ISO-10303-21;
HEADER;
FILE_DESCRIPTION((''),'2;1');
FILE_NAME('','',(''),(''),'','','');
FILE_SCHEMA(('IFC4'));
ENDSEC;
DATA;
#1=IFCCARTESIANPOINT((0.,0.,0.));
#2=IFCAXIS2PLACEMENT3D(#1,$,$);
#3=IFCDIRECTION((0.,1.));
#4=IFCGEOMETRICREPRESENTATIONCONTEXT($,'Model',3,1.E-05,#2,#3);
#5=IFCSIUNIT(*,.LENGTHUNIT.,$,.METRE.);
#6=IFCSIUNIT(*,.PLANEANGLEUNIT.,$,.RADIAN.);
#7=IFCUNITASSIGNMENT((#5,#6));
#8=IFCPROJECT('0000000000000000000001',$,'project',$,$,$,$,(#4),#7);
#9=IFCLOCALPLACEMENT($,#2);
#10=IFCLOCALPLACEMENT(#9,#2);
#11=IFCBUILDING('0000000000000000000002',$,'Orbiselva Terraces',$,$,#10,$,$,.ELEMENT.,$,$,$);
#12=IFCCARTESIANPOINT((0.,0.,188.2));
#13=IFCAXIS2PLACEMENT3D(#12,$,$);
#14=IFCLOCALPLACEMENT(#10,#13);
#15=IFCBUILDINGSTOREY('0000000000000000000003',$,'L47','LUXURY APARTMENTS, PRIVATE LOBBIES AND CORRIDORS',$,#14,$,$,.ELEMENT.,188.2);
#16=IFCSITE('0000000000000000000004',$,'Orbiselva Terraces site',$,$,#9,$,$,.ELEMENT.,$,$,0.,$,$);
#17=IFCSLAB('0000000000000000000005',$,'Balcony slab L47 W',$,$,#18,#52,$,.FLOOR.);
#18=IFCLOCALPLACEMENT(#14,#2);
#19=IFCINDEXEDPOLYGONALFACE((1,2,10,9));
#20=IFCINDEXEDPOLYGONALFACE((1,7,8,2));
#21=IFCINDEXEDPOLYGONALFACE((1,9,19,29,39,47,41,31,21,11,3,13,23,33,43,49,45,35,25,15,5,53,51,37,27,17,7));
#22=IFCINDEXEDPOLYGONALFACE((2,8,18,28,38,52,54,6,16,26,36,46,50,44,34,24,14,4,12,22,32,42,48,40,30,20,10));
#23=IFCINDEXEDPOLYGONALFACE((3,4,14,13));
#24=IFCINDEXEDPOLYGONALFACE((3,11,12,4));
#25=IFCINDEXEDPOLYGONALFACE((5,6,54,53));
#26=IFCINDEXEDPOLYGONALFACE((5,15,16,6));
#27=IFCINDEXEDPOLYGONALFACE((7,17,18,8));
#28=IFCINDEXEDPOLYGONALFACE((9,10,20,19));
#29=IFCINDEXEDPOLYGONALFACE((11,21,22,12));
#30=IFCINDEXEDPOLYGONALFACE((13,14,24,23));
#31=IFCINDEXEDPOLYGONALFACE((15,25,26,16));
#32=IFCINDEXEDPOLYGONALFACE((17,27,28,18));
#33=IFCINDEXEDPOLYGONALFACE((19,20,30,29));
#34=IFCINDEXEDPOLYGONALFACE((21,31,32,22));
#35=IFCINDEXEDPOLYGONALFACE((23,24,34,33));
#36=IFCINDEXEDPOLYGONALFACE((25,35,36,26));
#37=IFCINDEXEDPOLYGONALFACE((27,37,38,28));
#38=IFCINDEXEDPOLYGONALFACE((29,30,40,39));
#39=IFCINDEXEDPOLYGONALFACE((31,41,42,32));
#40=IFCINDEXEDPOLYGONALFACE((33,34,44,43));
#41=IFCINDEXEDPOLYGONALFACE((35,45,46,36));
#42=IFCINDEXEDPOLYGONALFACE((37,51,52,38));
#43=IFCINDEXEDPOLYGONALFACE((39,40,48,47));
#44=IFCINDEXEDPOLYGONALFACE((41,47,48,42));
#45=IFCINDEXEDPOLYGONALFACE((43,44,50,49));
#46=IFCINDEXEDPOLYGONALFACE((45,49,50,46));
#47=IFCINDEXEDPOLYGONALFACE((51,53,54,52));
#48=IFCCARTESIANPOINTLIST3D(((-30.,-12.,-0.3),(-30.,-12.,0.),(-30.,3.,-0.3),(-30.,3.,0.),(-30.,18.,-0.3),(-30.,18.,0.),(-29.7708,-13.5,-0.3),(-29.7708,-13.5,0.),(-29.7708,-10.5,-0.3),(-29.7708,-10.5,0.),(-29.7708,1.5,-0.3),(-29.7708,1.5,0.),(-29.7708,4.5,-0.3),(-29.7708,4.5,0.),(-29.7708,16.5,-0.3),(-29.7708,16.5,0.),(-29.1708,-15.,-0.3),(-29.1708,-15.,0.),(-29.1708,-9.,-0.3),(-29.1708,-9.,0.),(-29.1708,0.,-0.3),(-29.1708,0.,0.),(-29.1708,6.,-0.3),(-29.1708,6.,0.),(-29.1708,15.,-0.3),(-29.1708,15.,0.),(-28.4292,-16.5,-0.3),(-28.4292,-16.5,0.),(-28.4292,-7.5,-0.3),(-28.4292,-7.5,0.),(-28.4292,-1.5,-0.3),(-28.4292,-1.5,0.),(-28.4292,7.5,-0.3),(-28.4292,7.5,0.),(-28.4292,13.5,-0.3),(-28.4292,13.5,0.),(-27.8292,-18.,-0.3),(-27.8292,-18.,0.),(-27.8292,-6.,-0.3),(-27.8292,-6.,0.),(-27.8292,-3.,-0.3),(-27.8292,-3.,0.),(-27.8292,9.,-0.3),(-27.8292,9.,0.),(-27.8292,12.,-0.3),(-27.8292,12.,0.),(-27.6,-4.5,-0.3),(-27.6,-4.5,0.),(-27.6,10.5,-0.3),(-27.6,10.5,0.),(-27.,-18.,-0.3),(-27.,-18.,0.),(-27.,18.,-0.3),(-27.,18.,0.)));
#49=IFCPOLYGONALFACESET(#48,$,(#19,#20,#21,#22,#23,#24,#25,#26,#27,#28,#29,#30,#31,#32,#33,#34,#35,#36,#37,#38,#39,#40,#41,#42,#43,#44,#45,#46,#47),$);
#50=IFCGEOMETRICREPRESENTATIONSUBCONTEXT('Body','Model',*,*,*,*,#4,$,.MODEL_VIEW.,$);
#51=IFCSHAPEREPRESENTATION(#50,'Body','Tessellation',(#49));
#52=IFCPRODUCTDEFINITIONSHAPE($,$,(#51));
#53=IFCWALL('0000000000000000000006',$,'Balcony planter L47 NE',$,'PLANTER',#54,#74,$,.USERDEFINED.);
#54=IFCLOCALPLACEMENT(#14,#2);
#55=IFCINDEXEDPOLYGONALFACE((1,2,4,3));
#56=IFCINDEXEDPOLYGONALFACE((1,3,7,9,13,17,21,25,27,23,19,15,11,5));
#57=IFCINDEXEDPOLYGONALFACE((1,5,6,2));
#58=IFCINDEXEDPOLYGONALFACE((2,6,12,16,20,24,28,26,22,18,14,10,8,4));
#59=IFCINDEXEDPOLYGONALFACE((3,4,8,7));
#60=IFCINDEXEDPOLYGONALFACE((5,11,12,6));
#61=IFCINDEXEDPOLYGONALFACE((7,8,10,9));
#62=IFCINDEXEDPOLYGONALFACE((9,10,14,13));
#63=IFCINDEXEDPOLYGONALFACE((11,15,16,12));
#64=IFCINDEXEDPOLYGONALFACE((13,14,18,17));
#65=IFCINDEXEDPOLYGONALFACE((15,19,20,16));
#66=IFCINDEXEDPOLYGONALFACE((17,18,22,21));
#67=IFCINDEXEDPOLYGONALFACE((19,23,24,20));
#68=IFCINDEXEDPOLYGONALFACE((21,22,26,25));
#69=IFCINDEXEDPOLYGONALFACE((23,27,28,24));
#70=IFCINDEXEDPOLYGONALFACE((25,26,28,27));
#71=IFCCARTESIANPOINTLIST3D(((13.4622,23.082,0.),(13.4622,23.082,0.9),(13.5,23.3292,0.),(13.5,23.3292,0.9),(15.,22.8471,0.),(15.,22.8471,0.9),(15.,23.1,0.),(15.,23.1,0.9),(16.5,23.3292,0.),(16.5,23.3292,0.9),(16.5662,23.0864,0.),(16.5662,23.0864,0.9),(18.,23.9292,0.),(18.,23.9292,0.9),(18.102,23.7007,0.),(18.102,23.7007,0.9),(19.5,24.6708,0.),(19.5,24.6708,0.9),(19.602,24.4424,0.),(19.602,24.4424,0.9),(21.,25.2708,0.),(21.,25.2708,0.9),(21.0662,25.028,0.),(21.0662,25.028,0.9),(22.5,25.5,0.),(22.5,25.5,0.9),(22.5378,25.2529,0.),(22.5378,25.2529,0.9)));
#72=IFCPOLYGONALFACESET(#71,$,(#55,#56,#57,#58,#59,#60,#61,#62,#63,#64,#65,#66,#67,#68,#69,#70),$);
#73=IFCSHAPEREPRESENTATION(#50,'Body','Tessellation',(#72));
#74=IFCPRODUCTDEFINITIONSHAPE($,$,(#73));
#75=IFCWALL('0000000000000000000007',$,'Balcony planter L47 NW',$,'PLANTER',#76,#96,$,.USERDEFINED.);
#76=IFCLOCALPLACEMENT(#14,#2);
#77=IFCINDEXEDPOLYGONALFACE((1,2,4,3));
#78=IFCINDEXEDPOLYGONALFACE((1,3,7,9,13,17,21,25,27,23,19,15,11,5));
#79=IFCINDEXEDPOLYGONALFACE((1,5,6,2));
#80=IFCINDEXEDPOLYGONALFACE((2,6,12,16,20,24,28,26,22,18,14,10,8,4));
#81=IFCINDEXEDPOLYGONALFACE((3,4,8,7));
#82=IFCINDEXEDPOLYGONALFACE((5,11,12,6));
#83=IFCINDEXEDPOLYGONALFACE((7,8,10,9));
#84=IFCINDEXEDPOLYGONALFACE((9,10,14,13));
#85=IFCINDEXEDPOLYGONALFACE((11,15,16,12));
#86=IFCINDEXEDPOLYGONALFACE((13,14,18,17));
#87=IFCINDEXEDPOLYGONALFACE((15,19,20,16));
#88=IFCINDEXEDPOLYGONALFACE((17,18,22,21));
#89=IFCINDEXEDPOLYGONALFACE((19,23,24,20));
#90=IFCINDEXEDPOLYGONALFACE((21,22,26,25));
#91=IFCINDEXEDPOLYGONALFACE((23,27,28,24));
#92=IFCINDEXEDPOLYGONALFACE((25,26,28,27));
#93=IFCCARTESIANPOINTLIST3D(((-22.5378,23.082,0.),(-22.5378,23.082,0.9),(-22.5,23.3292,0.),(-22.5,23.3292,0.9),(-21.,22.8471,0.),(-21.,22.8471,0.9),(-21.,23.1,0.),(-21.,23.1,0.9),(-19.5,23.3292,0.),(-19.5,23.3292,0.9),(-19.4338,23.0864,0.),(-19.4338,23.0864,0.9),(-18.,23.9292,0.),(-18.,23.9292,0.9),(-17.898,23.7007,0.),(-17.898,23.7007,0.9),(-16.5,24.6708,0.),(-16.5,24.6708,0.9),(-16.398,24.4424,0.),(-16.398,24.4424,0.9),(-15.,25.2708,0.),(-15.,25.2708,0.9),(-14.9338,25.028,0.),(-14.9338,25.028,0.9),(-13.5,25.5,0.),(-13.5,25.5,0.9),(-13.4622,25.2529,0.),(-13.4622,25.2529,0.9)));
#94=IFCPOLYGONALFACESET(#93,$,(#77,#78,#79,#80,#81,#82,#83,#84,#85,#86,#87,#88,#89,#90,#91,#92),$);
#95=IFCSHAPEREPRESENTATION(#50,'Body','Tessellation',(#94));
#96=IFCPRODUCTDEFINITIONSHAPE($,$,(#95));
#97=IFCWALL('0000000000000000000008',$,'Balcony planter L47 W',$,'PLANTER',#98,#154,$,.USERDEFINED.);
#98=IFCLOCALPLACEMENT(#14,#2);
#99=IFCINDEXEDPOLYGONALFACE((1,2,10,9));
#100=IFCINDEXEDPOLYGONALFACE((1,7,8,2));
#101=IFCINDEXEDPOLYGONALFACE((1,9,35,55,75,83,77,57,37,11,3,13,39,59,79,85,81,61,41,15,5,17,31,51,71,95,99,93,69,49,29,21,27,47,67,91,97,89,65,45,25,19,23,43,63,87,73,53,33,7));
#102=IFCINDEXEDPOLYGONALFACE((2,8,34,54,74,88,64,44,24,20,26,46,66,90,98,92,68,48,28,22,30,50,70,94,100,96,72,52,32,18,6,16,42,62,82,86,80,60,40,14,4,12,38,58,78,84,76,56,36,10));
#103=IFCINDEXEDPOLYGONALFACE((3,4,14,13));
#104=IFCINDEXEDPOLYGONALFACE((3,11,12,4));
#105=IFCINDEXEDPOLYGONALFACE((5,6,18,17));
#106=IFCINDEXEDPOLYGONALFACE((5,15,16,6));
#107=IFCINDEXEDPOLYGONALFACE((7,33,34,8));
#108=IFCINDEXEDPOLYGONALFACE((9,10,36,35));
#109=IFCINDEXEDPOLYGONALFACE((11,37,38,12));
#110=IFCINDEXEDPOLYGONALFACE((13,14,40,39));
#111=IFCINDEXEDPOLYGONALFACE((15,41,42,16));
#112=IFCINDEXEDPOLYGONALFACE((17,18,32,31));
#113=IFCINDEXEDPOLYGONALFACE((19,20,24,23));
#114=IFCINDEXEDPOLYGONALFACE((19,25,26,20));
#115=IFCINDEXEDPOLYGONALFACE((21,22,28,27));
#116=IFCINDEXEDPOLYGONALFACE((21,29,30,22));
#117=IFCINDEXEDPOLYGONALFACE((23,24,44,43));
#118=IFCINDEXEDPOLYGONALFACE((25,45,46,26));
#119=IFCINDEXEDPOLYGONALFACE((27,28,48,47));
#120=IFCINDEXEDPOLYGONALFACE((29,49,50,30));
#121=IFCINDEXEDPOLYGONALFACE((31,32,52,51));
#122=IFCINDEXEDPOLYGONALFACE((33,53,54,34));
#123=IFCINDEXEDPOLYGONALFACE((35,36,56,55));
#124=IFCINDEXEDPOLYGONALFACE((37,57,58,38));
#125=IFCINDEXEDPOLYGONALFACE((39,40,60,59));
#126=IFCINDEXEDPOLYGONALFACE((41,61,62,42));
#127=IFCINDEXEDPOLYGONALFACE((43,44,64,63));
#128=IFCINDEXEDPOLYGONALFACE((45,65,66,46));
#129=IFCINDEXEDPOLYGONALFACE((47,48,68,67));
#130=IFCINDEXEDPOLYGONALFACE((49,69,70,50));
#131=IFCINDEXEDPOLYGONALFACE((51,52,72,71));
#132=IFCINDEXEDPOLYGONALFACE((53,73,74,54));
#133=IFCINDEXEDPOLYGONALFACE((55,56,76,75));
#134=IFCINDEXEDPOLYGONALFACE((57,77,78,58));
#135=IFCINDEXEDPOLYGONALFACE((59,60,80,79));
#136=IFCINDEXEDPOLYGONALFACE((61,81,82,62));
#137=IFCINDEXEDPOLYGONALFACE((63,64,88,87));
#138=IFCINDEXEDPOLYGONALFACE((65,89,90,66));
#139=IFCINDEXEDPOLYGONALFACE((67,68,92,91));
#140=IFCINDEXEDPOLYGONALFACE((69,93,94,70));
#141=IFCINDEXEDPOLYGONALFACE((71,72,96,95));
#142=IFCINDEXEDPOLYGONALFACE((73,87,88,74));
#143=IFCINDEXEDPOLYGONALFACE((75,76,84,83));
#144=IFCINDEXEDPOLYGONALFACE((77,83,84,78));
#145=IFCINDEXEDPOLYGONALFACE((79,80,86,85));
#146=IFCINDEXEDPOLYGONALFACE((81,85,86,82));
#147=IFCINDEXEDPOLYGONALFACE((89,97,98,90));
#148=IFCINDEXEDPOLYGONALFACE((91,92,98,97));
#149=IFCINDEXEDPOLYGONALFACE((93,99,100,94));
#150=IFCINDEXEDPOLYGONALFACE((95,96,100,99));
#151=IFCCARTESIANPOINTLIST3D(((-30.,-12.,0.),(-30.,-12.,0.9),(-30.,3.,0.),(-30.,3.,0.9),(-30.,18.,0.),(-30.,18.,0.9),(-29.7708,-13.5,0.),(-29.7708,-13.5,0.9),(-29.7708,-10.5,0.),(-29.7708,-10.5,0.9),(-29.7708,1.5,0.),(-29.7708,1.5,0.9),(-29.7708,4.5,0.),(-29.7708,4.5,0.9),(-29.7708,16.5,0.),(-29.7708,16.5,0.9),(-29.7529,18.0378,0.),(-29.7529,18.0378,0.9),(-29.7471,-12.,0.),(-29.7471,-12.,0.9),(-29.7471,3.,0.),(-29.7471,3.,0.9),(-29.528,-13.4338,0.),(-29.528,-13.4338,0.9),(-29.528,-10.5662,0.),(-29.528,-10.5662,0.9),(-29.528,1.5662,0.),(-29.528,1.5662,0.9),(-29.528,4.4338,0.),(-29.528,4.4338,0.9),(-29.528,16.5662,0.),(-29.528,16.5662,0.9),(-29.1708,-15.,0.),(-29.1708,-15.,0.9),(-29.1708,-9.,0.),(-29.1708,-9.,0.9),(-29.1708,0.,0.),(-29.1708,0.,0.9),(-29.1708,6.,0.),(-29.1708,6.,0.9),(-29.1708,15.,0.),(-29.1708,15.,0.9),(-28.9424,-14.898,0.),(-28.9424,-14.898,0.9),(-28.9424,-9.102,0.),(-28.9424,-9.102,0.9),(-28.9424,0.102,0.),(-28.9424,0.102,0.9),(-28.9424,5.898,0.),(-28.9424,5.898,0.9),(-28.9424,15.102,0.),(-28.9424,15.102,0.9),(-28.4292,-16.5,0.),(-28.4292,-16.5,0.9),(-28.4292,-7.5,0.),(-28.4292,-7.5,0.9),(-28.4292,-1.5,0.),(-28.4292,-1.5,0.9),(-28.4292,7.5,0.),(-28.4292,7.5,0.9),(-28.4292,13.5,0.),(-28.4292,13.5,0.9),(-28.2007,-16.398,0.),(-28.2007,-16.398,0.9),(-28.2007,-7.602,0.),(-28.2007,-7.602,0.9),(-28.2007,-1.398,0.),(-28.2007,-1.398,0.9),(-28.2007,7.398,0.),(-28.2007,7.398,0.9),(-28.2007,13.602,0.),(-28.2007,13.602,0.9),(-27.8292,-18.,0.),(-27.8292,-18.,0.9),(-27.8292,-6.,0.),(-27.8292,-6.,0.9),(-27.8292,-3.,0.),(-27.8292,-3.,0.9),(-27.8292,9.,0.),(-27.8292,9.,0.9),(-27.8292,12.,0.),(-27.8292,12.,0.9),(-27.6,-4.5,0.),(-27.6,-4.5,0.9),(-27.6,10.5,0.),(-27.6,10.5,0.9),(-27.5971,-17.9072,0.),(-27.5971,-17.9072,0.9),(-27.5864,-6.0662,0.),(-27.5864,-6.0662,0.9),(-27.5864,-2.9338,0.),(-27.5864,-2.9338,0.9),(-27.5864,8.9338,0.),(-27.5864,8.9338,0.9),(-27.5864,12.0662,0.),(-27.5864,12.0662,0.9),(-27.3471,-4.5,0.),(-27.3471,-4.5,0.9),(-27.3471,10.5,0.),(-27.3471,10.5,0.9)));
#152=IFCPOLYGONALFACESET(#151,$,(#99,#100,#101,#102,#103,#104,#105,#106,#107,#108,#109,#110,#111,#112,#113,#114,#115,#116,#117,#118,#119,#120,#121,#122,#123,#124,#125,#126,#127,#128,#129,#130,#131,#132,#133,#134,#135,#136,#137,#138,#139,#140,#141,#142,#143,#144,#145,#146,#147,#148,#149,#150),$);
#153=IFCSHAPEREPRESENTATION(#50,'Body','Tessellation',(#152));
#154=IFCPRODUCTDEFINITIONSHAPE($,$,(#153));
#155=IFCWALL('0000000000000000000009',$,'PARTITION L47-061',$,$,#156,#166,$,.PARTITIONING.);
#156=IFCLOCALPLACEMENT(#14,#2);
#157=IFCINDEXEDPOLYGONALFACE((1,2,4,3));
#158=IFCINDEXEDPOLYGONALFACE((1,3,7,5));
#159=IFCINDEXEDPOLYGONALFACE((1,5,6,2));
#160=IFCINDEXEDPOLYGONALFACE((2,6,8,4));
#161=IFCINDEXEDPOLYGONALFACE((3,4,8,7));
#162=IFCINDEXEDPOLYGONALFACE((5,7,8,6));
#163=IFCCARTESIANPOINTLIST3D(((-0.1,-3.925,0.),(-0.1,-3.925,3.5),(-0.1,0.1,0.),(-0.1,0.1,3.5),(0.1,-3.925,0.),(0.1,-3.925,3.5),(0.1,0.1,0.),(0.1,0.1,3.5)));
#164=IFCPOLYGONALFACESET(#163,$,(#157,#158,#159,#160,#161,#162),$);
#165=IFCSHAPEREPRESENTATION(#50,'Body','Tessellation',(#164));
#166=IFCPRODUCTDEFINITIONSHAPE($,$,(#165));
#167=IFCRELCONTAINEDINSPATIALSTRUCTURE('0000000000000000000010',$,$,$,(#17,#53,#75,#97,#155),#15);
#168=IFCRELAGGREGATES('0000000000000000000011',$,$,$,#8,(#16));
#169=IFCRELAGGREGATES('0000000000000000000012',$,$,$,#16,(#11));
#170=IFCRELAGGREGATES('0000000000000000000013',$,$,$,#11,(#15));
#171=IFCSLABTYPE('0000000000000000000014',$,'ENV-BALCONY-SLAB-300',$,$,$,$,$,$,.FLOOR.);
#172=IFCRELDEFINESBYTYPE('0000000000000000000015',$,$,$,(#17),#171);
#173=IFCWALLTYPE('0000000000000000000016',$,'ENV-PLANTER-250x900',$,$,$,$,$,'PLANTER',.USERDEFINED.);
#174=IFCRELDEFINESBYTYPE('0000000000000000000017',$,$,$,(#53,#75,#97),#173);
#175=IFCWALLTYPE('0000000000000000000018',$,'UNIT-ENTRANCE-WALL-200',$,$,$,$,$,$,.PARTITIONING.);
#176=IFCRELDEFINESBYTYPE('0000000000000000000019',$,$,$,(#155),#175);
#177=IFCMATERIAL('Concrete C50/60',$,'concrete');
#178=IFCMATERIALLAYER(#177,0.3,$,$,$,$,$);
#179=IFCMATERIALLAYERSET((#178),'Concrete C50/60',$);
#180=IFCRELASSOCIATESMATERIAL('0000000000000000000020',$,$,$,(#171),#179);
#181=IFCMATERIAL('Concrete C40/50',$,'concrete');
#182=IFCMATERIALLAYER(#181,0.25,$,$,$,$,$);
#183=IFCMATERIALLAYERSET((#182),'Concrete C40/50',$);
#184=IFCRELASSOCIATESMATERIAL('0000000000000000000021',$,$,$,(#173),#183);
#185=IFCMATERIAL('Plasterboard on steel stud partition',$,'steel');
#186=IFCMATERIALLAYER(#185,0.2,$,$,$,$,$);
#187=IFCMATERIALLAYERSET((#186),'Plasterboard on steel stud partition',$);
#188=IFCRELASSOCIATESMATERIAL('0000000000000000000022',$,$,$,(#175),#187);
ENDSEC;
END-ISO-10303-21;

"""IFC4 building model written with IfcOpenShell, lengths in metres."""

from ifc_helpers import new_model, si_unit, direction, frame, frame_2d, origin, place, context, subcontext, project, spatial, polyline, rectangle, outline, extrude, material, layer, layer_set, type_object, element, save


model = new_model("IFC4")

# Units and contexts
model_context = context("Model", 3, precision=1e-05, world=origin(), true_north=direction((0.0, 1.0)))
body_context = subcontext(model_context, "Body", "Model", "MODEL_VIEW")
ifc_project = project(units=[si_unit("LENGTHUNIT", "METRE"), si_unit("PLANEANGLEUNIT", "RADIAN")], contexts=[model_context])

# Site, building, storey
site_placement = place(None, origin())
site = spatial("IfcSite", under=ifc_project, at=site_placement, Name="Orbiselva Terraces site", CompositionType="ELEMENT", RefElevation=0.0)
building_placement = place(site_placement, origin())
building = spatial("IfcBuilding", under=site, at=building_placement, Name="Orbiselva Terraces", CompositionType="ELEMENT")
storey_placement = place(building_placement, frame((0.0, 0.0, 188.2)))
storey = spatial("IfcBuildingStorey", under=building, at=storey_placement, Name="L47", Description="LUXURY APARTMENTS, PRIVATE LOBBIES AND CORRIDORS", CompositionType="ELEMENT", Elevation=188.2)

# Shared definitions
ifc_material_1 = material(Name="Concrete C40/50", Category="concrete")

# Slab
ifc_material_2 = material(Name="Concrete C50/60", Category="concrete")
ifc_layer_1 = layer(ifc_material_2, 0.3)
ifc_layer_set_1 = layer_set([ifc_layer_1], Name="Concrete C50/60")
slab_type_1 = type_object("IfcSlabType", Name="ENV-BALCONY-SLAB-300", PredefinedType="FLOOR", material=ifc_layer_set_1)
slab_1_placement = place(storey_placement, frame((0.0, 0.0, -0.3)))
element("IfcSlab", 1, at=slab_1_placement, inside=storey, type_object=slab_type_1, Name="Balcony slab L47 W", PredefinedType="FLOOR", context=body_context, shape_type="SweptSolid", body=[
    extrude(outline(polyline([(-30.0, 18.0), (-29.7708, 16.5), (-29.1708, 15.0), (-28.4292, 13.5), (-27.8292, 12.0), (-27.6, 10.5), (-27.8292, 9.0), (-28.4292, 7.5), (-29.1708, 6.0), (-29.7708, 4.5), (-30.0, 3.0), (-29.7708, 1.5), (-29.1708, 0.0), (-28.4292, -1.5), (-27.8292, -3.0), (-27.6, -4.5), (-27.8292, -6.0), (-28.4292, -7.5), (-29.1708, -9.0), (-29.7708, -10.5), (-30.0, -12.0), (-29.7708, -13.5), (-29.1708, -15.0), (-28.4292, -16.5), (-27.8292, -18.0), (-27.0, -18.0), (-27.0, 18.0), (-30.0, 18.0)])), origin(), (0.0, 0.0, 1.0), 0.3),
])

# Walls
ifc_layer_2 = layer(ifc_material_1, 0.25)
ifc_layer_set_2 = layer_set([ifc_layer_2], Name="Concrete C40/50")
wall_type_1 = type_object("IfcWallType", Name="ENV-PLANTER-250x900", ElementType="PLANTER", PredefinedType="USERDEFINED", material=ifc_layer_set_2)
wall_1_placement = place(storey_placement, origin())
element("IfcWall", 2, at=wall_1_placement, inside=storey, type_object=wall_type_1, Name="Balcony planter L47 NE", ObjectType="PLANTER", PredefinedType="USERDEFINED", context=body_context, shape_type="SweptSolid", body=[
    extrude(outline(polyline([(22.5, 25.5), (21.0, 25.2708), (19.5, 24.6708), (18.0, 23.9292), (16.5, 23.3292), (15.0, 23.1), (13.5, 23.3292), (13.4622, 23.082), (15.0, 22.8471), (16.5662, 23.0864), (18.102, 23.7007), (19.602, 24.4424), (21.0662, 25.028), (22.5378, 25.2529), (22.5, 25.5)])), origin(), (0.0, 0.0, 1.0), 0.9),
])
wall_2_placement = place(storey_placement, origin())
element("IfcWall", 3, at=wall_2_placement, inside=storey, type_object=wall_type_1, Name="Balcony planter L47 NW", ObjectType="PLANTER", PredefinedType="USERDEFINED", context=body_context, shape_type="SweptSolid", body=[
    extrude(outline(polyline([(-13.5, 25.5), (-15.0, 25.2708), (-16.5, 24.6708), (-18.0, 23.9292), (-19.5, 23.3292), (-21.0, 23.1), (-22.5, 23.3292), (-22.5378, 23.082), (-21.0, 22.8471), (-19.4338, 23.0864), (-17.898, 23.7007), (-16.398, 24.4424), (-14.9338, 25.028), (-13.4622, 25.2529), (-13.5, 25.5)])), origin(), (0.0, 0.0, 1.0), 0.9),
])
wall_3_placement = place(storey_placement, origin())
element("IfcWall", 4, at=wall_3_placement, inside=storey, type_object=wall_type_1, Name="Balcony planter L47 W", ObjectType="PLANTER", PredefinedType="USERDEFINED", context=body_context, shape_type="SweptSolid", body=[
    extrude(outline(polyline([(-30.0, 18.0), (-29.7708, 16.5), (-29.1708, 15.0), (-28.4292, 13.5), (-27.8292, 12.0), (-27.6, 10.5), (-27.8292, 9.0), (-28.4292, 7.5), (-29.1708, 6.0), (-29.7708, 4.5), (-30.0, 3.0), (-29.7708, 1.5), (-29.1708, 0.0), (-28.4292, -1.5), (-27.8292, -3.0), (-27.6, -4.5), (-27.8292, -6.0), (-28.4292, -7.5), (-29.1708, -9.0), (-29.7708, -10.5), (-30.0, -12.0), (-29.7708, -13.5), (-29.1708, -15.0), (-28.4292, -16.5), (-27.8292, -18.0), (-27.5971, -17.9072), (-28.2007, -16.398), (-28.9424, -14.898), (-29.528, -13.4338), (-29.7471, -12.0), (-29.528, -10.5662), (-28.9424, -9.102), (-28.2007, -7.602), (-27.5864, -6.0662), (-27.3471, -4.5), (-27.5864, -2.9338), (-28.2007, -1.398), (-28.9424, 0.102), (-29.528, 1.5662), (-29.7471, 3.0), (-29.528, 4.4338), (-28.9424, 5.898), (-28.2007, 7.398), (-27.5864, 8.9338), (-27.3471, 10.5), (-27.5864, 12.0662), (-28.2007, 13.602), (-28.9424, 15.102), (-29.528, 16.5662), (-29.7529, 18.0378), (-30.0, 18.0)])), origin(), (0.0, 0.0, 1.0), 0.9),
])
ifc_material_3 = material(Name="Plasterboard on steel stud partition", Category="steel")
ifc_layer_3 = layer(ifc_material_3, 0.2)
ifc_layer_set_3 = layer_set([ifc_layer_3], Name="Plasterboard on steel stud partition")
wall_type_2 = type_object("IfcWallType", Name="UNIT-ENTRANCE-WALL-200", PredefinedType="PARTITIONING", material=ifc_layer_set_3)
wall_4_placement = place(storey_placement, frame((0.0, -3.925, 0.0), z_axis=(0.0, 0.0, 1.0), x_axis=(0.0, 1.0, 0.0)))
element("IfcWall", 5, at=wall_4_placement, inside=storey, type_object=wall_type_2, Name="PARTITION L47-061", PredefinedType="PARTITIONING", context=body_context, shape_type="SweptSolid", body=[
    extrude(rectangle(XDim=4.025, YDim=0.2, at=frame_2d((2.0125, 0.0))), origin(), (0.0, 0.0, 1.0), 3.5),
])

save(model, "model.ifc")
